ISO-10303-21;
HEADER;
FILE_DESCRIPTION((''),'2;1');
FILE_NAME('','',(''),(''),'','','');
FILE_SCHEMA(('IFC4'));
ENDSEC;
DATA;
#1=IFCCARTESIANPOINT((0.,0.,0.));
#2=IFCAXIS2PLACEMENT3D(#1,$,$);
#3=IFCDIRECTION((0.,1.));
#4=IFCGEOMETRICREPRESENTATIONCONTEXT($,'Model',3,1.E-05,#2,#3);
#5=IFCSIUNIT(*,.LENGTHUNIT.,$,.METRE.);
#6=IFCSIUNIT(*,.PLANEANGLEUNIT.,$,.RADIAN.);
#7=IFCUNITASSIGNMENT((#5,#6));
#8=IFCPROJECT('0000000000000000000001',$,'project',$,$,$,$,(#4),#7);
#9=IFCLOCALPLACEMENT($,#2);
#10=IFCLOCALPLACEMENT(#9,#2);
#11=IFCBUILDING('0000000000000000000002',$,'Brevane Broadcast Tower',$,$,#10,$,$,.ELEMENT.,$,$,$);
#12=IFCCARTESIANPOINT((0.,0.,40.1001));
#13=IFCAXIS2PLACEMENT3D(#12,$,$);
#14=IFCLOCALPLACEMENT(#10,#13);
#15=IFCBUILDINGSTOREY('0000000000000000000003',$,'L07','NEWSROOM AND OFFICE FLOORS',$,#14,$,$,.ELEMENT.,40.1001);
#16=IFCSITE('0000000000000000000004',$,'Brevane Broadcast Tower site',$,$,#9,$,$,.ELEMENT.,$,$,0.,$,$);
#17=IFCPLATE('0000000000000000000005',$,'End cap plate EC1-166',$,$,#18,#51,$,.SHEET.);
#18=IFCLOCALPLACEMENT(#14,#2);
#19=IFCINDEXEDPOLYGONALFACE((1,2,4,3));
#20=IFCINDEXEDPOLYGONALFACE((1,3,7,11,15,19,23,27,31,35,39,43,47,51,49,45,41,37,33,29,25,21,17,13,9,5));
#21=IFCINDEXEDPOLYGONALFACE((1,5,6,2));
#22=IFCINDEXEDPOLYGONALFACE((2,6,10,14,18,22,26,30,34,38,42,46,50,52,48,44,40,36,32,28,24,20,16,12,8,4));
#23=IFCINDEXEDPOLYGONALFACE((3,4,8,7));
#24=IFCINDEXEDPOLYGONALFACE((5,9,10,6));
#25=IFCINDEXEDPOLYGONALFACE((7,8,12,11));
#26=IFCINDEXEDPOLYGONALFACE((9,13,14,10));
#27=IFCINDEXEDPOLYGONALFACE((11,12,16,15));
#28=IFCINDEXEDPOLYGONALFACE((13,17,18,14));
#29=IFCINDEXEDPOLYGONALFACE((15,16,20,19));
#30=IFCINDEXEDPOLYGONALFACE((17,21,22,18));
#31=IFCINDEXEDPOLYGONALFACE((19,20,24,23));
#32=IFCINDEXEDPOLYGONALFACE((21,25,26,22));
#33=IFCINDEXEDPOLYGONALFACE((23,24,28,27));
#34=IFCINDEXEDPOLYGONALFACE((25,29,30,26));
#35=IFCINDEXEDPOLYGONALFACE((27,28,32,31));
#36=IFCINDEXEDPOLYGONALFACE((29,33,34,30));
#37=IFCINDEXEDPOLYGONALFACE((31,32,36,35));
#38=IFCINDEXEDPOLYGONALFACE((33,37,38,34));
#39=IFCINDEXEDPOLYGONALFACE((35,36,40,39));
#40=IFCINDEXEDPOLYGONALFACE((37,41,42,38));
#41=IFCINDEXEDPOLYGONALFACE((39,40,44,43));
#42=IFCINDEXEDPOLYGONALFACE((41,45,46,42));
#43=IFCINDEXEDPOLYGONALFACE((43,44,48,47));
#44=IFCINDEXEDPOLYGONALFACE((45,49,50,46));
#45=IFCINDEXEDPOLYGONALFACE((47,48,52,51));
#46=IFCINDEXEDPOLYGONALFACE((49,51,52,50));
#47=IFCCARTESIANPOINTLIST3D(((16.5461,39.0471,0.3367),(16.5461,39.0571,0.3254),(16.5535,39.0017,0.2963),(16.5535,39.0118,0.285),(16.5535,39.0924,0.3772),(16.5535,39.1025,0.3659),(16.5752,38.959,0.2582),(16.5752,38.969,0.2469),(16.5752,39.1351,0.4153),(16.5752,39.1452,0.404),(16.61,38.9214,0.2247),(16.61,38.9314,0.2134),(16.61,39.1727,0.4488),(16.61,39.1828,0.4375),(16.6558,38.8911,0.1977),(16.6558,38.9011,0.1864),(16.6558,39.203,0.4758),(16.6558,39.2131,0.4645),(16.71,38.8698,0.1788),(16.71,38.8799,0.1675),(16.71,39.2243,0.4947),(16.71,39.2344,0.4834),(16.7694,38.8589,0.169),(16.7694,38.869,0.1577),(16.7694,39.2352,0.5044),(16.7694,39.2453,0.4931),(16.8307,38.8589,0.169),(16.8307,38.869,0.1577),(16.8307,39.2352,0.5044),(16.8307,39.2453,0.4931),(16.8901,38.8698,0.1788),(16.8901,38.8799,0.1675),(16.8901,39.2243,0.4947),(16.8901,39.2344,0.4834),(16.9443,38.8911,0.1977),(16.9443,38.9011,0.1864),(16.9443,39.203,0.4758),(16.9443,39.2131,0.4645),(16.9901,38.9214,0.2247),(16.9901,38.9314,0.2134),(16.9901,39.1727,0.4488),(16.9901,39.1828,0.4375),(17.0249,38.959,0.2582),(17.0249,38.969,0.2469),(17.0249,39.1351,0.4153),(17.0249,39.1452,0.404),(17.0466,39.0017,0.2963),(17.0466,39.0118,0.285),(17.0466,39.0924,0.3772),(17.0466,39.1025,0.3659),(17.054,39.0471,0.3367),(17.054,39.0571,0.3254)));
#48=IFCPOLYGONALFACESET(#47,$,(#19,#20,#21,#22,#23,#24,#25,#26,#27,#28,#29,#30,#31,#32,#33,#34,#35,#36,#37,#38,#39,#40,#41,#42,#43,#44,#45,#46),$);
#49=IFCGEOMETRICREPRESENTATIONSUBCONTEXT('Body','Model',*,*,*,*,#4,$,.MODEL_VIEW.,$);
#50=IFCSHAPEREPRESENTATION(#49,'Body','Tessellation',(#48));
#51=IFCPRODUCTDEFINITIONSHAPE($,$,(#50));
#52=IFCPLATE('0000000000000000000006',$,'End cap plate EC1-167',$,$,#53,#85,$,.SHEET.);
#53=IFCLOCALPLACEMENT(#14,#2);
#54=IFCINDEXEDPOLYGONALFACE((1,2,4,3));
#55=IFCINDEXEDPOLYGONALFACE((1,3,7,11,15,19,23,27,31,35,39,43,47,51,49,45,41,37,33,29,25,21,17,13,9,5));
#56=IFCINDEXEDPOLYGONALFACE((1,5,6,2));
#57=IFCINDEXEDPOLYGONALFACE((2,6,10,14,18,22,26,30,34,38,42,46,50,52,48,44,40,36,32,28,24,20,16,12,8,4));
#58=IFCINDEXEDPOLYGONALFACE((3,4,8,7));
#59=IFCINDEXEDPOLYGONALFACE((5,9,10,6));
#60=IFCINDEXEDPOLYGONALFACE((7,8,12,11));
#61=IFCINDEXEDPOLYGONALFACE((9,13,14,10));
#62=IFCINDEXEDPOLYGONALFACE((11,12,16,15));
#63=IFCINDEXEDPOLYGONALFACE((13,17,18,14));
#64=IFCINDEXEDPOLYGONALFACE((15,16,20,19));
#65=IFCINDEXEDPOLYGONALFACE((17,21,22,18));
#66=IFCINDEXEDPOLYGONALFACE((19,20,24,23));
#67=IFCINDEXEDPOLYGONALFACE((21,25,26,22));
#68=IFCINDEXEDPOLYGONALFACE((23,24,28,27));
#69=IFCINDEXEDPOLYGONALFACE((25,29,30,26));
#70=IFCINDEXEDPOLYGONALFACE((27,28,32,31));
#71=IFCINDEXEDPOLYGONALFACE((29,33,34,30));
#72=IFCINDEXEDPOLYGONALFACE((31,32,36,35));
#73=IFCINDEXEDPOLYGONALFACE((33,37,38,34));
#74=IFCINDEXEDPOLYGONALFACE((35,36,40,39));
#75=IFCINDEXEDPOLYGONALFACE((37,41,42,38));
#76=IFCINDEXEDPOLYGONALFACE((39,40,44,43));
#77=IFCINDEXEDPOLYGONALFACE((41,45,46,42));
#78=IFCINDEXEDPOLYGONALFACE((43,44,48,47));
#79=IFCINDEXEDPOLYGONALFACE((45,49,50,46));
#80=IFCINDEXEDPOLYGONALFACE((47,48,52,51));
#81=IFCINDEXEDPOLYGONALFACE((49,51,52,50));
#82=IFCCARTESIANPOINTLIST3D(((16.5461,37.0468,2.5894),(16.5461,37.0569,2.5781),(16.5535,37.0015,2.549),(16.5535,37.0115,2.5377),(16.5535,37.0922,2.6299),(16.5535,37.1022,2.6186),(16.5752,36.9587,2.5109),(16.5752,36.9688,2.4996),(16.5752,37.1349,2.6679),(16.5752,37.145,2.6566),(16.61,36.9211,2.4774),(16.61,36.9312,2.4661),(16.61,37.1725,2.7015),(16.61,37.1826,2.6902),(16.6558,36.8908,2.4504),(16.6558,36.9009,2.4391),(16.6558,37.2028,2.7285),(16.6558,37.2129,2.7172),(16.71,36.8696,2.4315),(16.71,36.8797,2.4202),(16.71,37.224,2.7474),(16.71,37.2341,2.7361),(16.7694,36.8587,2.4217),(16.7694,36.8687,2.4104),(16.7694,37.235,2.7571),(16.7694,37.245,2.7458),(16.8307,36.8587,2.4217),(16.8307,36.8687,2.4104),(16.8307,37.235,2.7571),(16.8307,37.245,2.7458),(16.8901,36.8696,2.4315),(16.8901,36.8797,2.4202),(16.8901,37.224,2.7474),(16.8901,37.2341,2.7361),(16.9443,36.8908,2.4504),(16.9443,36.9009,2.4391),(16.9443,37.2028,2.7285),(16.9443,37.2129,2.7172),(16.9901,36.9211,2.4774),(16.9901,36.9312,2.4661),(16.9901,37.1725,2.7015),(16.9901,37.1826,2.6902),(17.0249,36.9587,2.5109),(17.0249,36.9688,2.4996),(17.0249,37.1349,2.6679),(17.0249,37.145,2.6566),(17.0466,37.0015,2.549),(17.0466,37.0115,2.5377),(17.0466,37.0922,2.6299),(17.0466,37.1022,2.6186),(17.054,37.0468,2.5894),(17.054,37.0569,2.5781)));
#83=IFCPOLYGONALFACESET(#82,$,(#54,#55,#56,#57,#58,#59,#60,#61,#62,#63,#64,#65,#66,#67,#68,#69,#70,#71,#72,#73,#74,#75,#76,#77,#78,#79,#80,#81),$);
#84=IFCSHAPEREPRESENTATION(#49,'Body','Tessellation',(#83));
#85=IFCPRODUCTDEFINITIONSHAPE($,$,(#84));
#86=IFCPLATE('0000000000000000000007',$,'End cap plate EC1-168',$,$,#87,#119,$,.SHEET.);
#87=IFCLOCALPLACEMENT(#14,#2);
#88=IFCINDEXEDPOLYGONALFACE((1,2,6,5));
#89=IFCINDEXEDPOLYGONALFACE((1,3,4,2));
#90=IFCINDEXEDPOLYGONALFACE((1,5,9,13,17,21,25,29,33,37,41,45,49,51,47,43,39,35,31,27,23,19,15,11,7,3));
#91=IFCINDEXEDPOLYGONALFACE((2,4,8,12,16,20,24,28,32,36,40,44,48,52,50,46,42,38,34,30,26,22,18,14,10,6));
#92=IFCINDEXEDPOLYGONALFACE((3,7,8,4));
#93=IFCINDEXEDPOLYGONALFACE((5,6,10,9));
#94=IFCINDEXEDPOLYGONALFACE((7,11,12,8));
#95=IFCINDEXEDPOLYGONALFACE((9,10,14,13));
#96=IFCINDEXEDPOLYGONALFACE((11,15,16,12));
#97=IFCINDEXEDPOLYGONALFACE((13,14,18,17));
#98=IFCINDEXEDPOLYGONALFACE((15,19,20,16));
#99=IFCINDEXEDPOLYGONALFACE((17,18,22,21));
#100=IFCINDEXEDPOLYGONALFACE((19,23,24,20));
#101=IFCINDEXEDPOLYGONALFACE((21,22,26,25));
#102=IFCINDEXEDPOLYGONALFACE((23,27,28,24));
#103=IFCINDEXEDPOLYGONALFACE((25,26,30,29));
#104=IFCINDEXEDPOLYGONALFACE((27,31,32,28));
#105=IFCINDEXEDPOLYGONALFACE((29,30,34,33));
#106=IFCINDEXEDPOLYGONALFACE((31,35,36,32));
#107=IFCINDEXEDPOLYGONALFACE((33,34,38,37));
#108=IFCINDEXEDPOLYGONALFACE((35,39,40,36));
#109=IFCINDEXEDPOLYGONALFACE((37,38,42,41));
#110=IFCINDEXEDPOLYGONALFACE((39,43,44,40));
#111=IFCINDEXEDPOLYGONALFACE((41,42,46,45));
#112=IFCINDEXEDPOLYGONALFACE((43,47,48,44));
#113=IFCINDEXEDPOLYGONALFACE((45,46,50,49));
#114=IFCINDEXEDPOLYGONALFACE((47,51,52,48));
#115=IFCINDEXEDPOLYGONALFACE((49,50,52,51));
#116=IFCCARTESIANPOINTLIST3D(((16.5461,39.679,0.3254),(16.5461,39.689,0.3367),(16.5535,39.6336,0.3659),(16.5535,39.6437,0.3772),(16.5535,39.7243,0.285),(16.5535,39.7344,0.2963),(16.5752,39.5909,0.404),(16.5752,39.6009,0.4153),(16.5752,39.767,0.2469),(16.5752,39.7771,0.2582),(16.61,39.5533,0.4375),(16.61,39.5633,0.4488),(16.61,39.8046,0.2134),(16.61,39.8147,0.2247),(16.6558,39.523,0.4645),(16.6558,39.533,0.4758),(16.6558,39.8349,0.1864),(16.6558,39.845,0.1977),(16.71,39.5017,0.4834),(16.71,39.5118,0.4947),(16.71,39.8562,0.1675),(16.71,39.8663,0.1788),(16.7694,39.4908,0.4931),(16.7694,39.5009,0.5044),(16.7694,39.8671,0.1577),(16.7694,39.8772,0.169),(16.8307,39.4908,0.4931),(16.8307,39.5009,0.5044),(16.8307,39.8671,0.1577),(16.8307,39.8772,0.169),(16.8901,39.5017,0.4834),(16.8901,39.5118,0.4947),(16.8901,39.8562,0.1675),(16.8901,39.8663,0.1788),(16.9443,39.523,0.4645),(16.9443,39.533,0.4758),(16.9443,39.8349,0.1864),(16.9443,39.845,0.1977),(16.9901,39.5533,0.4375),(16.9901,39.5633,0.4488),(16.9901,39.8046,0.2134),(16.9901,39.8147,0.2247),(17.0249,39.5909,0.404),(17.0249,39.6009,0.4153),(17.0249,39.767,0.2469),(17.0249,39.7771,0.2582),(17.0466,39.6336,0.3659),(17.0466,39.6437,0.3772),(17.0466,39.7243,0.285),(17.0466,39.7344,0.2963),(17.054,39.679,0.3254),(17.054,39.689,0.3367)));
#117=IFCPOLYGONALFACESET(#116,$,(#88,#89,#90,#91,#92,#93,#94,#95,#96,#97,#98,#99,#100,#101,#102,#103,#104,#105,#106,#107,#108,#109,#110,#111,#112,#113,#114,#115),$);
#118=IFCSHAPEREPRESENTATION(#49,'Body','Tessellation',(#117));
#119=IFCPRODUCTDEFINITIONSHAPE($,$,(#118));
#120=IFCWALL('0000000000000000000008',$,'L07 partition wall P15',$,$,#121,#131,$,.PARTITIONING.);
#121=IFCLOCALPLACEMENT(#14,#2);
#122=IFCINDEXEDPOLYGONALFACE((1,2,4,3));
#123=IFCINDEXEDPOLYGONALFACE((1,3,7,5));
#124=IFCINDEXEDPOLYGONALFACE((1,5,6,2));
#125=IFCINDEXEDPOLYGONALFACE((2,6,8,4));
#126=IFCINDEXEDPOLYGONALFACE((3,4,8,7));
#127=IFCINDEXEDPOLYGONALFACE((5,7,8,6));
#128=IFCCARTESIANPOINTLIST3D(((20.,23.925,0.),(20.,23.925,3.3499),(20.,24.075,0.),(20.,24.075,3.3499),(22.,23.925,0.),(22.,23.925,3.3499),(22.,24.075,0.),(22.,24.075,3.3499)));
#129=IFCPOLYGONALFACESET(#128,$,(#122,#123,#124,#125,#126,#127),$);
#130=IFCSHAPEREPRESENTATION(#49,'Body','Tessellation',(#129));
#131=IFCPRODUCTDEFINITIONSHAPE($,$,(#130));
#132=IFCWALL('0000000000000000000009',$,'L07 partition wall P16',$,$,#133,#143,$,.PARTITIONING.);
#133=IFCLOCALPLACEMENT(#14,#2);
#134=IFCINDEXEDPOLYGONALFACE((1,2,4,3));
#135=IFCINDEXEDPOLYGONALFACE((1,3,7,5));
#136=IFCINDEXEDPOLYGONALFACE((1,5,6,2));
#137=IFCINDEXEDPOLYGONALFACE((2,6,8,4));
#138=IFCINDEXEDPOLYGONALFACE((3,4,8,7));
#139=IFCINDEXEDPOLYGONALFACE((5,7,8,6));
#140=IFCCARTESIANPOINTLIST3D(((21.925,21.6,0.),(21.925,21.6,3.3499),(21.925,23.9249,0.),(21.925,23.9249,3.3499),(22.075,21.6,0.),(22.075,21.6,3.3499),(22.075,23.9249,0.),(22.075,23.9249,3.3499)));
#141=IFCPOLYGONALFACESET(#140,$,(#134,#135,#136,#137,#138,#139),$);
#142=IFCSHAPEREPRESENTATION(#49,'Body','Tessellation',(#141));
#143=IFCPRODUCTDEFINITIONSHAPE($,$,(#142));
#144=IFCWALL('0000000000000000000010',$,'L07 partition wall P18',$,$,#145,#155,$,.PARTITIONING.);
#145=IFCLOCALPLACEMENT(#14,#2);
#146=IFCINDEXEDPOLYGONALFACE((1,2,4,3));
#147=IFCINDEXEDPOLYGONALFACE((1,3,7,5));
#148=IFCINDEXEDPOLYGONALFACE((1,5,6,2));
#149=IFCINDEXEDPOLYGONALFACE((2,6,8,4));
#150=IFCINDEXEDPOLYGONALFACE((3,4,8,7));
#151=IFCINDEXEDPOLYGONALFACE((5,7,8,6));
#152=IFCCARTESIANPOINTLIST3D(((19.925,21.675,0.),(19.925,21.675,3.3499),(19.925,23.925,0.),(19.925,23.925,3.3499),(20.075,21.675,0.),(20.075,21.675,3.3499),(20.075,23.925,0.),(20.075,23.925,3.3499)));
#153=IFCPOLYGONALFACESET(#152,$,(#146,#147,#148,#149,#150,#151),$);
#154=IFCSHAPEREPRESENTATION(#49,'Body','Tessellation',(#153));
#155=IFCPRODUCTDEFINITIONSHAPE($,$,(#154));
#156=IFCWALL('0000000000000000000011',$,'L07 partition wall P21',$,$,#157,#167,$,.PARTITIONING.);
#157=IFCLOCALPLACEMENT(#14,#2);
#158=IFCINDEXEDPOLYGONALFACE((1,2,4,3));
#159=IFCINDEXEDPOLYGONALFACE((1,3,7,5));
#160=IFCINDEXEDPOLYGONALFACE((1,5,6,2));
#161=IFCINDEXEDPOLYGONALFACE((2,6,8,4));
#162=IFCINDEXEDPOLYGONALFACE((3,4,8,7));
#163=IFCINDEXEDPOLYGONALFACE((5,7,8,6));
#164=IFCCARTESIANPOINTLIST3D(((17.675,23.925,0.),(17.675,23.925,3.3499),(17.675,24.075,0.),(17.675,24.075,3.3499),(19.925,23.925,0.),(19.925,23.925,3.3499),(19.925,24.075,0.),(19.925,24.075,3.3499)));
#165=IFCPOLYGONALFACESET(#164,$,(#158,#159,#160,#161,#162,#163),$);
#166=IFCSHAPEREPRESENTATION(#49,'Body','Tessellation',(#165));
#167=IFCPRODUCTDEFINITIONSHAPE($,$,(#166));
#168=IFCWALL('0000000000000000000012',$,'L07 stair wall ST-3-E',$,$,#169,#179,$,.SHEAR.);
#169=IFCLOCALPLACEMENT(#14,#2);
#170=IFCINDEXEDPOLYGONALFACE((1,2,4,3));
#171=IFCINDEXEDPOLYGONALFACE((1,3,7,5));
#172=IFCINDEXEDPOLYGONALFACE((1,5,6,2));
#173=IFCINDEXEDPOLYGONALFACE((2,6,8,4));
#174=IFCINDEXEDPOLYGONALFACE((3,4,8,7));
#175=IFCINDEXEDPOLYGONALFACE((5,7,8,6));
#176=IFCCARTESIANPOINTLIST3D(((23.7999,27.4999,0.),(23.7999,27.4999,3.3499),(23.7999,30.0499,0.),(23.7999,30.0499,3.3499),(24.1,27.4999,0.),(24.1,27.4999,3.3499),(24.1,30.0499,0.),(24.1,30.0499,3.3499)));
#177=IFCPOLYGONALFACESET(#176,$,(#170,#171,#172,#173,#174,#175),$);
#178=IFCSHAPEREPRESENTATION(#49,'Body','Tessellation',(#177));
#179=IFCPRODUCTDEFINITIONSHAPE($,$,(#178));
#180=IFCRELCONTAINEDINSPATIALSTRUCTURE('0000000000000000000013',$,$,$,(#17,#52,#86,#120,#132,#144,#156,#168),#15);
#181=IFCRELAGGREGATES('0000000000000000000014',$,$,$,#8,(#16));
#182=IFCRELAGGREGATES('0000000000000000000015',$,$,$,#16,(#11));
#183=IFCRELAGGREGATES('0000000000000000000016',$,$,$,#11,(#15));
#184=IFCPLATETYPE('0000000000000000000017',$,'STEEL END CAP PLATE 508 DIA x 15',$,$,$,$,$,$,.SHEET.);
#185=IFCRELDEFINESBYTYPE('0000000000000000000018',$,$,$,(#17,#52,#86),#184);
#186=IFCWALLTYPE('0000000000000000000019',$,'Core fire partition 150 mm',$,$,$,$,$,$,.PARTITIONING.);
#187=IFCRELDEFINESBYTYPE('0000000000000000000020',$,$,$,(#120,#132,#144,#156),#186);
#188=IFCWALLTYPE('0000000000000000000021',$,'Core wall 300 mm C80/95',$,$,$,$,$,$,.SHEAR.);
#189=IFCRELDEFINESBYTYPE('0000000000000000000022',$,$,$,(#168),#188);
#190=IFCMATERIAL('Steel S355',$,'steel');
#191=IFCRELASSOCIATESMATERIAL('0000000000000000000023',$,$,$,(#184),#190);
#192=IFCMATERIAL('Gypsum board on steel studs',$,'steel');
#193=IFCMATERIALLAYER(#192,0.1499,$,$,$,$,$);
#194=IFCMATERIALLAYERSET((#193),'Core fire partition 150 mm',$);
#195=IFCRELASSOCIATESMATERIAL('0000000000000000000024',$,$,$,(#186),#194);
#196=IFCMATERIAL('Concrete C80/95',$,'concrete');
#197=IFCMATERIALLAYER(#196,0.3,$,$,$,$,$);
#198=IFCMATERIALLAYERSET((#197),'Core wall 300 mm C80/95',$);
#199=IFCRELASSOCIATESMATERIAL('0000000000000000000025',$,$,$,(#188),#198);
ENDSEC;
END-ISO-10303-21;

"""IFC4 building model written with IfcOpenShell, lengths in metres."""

from ifc_helpers import new_model, si_unit, direction, frame, frame_2d, origin, origin_2d, place, context, subcontext, project, spatial, rectangle, circle, extrude, material, layer, layer_set, material_profile, profile_set, type_object, element, save


model = new_model("IFC4")

# Units and contexts
model_context = context("Model", 3, precision=1e-05, world=origin(), true_north=direction((0.0, 1.0)))
body_context = subcontext(model_context, "Body", "Model", "MODEL_VIEW")
ifc_project = project(units=[si_unit("LENGTHUNIT", "METRE"), si_unit("PLANEANGLEUNIT", "RADIAN")], contexts=[model_context])

# Site, building, storey
site_placement = place(None, origin())
site = spatial("IfcSite", under=ifc_project, at=site_placement, Name="Brevane Broadcast Tower site", CompositionType="ELEMENT", RefElevation=0.0)
building_placement = place(site_placement, origin())
building = spatial("IfcBuilding", under=site, at=building_placement, Name="Brevane Broadcast Tower", CompositionType="ELEMENT")
storey_placement = place(building_placement, frame((0.0, 0.0, 40.1001)))
storey = spatial("IfcBuildingStorey", under=building, at=storey_placement, Name="L07", Description="NEWSROOM AND OFFICE FLOORS", CompositionType="ELEMENT", Elevation=40.1001)

# Shared definitions
ifc_material_1 = material(Name="Concrete C80/95", Category="concrete")

# Plates
ifc_material_2 = material(Name="Steel S355", Category="steel")
ifc_material_profile_1 = material_profile(ifc_material_2, circle(Radius=0.2539, at=origin_2d()), Name="PL 508 DIA x 15")
ifc_profile_set_1 = profile_set([ifc_material_profile_1], Name="Steel S355")
plate_type = type_object("IfcPlateType", Name="STEEL END CAP PLATE 508 DIA x 15", PredefinedType="SHEET", material=ifc_profile_set_1)
for number, where, z_axis, x_axis, name in (
    (1, (16.8, 39.0571, 0.3254), (0.0, -0.665371, 0.746513), (1.0, 0.0, 0.0), "End cap plate EC1-166"),
    (2, (16.8, 37.0569, 2.5781), (0.0, -0.665371, 0.746513), (1.0, 0.0, 0.0), "End cap plate EC1-167"),
    (3, (16.8, 39.679, 0.3254), (0.0, 0.665371, 0.746513), (-1.0, 0.0, 0.0), "End cap plate EC1-168"),
):
    element("IfcPlate", number, at=place(storey_placement, frame(where, z_axis=z_axis, x_axis=x_axis)), inside=storey, type_object=plate_type, Name=name, PredefinedType="SHEET", context=body_context, shape_type="SweptSolid", body=[
        extrude(circle(Radius=0.2539, at=origin_2d()), origin(), (0.0, 0.0, 1.0), 0.0151),
    ])

# Walls
ifc_material_3 = material(Name="Gypsum board on steel studs", Category="steel")
ifc_layer_1 = layer(ifc_material_3, 0.1499)
ifc_layer_set_1 = layer_set([ifc_layer_1], Name="Core fire partition 150 mm")
wall_type_1 = type_object("IfcWallType", Name="Core fire partition 150 mm", PredefinedType="PARTITIONING", material=ifc_layer_set_1)
wall_1_placement = place(storey_placement, frame((20.0, 24.0, 0.0), z_axis=(0.0, 0.0, 1.0), x_axis=(1.0, 0.0, 0.0)))
element("IfcWall", 4, at=wall_1_placement, inside=storey, type_object=wall_type_1, Name="L07 partition wall P15", PredefinedType="PARTITIONING", context=body_context, shape_type="SweptSolid", body=[
    extrude(rectangle(XDim=2.0, YDim=0.1499, at=frame_2d((1.0, 0.0))), origin(), (0.0, 0.0, 1.0), 3.3499),
])
wall_2_placement = place(storey_placement, frame((22.0, 23.925, 0.0), z_axis=(0.0, 0.0, 1.0), x_axis=(0.0, -1.0, 0.0)))
element("IfcWall", 5, at=wall_2_placement, inside=storey, type_object=wall_type_1, Name="L07 partition wall P16", PredefinedType="PARTITIONING", context=body_context, shape_type="SweptSolid", body=[
    extrude(rectangle(XDim=2.325, YDim=0.1499, at=frame_2d((1.1626, 0.0))), origin(), (0.0, 0.0, 1.0), 3.3499),
])
for number, where, z_axis, x_axis, name in (
    (6, (20.0, 21.675, 0.0), (0.0, 0.0, 1.0), (0.0, 1.0, 0.0), "L07 partition wall P18"),
    (7, (17.675, 24.0, 0.0), (0.0, 0.0, 1.0), (1.0, 0.0, 0.0), "L07 partition wall P21"),
):
    element("IfcWall", number, at=place(storey_placement, frame(where, z_axis=z_axis, x_axis=x_axis)), inside=storey, type_object=wall_type_1, Name=name, PredefinedType="PARTITIONING", context=body_context, shape_type="SweptSolid", body=[
        extrude(rectangle(XDim=2.25, YDim=0.1499, at=frame_2d((1.125, 0.0))), origin(), (0.0, 0.0, 1.0), 3.3499),
    ])
ifc_layer_2 = layer(ifc_material_1, 0.3)
ifc_layer_set_2 = layer_set([ifc_layer_2], Name="Core wall 300 mm C80/95")
wall_type_2 = type_object("IfcWallType", Name="Core wall 300 mm C80/95", PredefinedType="SHEAR", material=ifc_layer_set_2)
wall_3_placement = place(storey_placement, frame((23.95, 27.5, 0.0), z_axis=(0.0, 0.0, 1.0), x_axis=(0.0, 1.0, 0.0)))
element("IfcWall", 8, at=wall_3_placement, inside=storey, type_object=wall_type_2, Name="L07 stair wall ST-3-E", PredefinedType="SHEAR", context=body_context, shape_type="SweptSolid", body=[
    extrude(rectangle(XDim=2.55, YDim=0.3, at=frame_2d((1.2749, 0.0))), origin(), (0.0, 0.0, 1.0), 3.3499),
])

save(model, "model.ifc")
